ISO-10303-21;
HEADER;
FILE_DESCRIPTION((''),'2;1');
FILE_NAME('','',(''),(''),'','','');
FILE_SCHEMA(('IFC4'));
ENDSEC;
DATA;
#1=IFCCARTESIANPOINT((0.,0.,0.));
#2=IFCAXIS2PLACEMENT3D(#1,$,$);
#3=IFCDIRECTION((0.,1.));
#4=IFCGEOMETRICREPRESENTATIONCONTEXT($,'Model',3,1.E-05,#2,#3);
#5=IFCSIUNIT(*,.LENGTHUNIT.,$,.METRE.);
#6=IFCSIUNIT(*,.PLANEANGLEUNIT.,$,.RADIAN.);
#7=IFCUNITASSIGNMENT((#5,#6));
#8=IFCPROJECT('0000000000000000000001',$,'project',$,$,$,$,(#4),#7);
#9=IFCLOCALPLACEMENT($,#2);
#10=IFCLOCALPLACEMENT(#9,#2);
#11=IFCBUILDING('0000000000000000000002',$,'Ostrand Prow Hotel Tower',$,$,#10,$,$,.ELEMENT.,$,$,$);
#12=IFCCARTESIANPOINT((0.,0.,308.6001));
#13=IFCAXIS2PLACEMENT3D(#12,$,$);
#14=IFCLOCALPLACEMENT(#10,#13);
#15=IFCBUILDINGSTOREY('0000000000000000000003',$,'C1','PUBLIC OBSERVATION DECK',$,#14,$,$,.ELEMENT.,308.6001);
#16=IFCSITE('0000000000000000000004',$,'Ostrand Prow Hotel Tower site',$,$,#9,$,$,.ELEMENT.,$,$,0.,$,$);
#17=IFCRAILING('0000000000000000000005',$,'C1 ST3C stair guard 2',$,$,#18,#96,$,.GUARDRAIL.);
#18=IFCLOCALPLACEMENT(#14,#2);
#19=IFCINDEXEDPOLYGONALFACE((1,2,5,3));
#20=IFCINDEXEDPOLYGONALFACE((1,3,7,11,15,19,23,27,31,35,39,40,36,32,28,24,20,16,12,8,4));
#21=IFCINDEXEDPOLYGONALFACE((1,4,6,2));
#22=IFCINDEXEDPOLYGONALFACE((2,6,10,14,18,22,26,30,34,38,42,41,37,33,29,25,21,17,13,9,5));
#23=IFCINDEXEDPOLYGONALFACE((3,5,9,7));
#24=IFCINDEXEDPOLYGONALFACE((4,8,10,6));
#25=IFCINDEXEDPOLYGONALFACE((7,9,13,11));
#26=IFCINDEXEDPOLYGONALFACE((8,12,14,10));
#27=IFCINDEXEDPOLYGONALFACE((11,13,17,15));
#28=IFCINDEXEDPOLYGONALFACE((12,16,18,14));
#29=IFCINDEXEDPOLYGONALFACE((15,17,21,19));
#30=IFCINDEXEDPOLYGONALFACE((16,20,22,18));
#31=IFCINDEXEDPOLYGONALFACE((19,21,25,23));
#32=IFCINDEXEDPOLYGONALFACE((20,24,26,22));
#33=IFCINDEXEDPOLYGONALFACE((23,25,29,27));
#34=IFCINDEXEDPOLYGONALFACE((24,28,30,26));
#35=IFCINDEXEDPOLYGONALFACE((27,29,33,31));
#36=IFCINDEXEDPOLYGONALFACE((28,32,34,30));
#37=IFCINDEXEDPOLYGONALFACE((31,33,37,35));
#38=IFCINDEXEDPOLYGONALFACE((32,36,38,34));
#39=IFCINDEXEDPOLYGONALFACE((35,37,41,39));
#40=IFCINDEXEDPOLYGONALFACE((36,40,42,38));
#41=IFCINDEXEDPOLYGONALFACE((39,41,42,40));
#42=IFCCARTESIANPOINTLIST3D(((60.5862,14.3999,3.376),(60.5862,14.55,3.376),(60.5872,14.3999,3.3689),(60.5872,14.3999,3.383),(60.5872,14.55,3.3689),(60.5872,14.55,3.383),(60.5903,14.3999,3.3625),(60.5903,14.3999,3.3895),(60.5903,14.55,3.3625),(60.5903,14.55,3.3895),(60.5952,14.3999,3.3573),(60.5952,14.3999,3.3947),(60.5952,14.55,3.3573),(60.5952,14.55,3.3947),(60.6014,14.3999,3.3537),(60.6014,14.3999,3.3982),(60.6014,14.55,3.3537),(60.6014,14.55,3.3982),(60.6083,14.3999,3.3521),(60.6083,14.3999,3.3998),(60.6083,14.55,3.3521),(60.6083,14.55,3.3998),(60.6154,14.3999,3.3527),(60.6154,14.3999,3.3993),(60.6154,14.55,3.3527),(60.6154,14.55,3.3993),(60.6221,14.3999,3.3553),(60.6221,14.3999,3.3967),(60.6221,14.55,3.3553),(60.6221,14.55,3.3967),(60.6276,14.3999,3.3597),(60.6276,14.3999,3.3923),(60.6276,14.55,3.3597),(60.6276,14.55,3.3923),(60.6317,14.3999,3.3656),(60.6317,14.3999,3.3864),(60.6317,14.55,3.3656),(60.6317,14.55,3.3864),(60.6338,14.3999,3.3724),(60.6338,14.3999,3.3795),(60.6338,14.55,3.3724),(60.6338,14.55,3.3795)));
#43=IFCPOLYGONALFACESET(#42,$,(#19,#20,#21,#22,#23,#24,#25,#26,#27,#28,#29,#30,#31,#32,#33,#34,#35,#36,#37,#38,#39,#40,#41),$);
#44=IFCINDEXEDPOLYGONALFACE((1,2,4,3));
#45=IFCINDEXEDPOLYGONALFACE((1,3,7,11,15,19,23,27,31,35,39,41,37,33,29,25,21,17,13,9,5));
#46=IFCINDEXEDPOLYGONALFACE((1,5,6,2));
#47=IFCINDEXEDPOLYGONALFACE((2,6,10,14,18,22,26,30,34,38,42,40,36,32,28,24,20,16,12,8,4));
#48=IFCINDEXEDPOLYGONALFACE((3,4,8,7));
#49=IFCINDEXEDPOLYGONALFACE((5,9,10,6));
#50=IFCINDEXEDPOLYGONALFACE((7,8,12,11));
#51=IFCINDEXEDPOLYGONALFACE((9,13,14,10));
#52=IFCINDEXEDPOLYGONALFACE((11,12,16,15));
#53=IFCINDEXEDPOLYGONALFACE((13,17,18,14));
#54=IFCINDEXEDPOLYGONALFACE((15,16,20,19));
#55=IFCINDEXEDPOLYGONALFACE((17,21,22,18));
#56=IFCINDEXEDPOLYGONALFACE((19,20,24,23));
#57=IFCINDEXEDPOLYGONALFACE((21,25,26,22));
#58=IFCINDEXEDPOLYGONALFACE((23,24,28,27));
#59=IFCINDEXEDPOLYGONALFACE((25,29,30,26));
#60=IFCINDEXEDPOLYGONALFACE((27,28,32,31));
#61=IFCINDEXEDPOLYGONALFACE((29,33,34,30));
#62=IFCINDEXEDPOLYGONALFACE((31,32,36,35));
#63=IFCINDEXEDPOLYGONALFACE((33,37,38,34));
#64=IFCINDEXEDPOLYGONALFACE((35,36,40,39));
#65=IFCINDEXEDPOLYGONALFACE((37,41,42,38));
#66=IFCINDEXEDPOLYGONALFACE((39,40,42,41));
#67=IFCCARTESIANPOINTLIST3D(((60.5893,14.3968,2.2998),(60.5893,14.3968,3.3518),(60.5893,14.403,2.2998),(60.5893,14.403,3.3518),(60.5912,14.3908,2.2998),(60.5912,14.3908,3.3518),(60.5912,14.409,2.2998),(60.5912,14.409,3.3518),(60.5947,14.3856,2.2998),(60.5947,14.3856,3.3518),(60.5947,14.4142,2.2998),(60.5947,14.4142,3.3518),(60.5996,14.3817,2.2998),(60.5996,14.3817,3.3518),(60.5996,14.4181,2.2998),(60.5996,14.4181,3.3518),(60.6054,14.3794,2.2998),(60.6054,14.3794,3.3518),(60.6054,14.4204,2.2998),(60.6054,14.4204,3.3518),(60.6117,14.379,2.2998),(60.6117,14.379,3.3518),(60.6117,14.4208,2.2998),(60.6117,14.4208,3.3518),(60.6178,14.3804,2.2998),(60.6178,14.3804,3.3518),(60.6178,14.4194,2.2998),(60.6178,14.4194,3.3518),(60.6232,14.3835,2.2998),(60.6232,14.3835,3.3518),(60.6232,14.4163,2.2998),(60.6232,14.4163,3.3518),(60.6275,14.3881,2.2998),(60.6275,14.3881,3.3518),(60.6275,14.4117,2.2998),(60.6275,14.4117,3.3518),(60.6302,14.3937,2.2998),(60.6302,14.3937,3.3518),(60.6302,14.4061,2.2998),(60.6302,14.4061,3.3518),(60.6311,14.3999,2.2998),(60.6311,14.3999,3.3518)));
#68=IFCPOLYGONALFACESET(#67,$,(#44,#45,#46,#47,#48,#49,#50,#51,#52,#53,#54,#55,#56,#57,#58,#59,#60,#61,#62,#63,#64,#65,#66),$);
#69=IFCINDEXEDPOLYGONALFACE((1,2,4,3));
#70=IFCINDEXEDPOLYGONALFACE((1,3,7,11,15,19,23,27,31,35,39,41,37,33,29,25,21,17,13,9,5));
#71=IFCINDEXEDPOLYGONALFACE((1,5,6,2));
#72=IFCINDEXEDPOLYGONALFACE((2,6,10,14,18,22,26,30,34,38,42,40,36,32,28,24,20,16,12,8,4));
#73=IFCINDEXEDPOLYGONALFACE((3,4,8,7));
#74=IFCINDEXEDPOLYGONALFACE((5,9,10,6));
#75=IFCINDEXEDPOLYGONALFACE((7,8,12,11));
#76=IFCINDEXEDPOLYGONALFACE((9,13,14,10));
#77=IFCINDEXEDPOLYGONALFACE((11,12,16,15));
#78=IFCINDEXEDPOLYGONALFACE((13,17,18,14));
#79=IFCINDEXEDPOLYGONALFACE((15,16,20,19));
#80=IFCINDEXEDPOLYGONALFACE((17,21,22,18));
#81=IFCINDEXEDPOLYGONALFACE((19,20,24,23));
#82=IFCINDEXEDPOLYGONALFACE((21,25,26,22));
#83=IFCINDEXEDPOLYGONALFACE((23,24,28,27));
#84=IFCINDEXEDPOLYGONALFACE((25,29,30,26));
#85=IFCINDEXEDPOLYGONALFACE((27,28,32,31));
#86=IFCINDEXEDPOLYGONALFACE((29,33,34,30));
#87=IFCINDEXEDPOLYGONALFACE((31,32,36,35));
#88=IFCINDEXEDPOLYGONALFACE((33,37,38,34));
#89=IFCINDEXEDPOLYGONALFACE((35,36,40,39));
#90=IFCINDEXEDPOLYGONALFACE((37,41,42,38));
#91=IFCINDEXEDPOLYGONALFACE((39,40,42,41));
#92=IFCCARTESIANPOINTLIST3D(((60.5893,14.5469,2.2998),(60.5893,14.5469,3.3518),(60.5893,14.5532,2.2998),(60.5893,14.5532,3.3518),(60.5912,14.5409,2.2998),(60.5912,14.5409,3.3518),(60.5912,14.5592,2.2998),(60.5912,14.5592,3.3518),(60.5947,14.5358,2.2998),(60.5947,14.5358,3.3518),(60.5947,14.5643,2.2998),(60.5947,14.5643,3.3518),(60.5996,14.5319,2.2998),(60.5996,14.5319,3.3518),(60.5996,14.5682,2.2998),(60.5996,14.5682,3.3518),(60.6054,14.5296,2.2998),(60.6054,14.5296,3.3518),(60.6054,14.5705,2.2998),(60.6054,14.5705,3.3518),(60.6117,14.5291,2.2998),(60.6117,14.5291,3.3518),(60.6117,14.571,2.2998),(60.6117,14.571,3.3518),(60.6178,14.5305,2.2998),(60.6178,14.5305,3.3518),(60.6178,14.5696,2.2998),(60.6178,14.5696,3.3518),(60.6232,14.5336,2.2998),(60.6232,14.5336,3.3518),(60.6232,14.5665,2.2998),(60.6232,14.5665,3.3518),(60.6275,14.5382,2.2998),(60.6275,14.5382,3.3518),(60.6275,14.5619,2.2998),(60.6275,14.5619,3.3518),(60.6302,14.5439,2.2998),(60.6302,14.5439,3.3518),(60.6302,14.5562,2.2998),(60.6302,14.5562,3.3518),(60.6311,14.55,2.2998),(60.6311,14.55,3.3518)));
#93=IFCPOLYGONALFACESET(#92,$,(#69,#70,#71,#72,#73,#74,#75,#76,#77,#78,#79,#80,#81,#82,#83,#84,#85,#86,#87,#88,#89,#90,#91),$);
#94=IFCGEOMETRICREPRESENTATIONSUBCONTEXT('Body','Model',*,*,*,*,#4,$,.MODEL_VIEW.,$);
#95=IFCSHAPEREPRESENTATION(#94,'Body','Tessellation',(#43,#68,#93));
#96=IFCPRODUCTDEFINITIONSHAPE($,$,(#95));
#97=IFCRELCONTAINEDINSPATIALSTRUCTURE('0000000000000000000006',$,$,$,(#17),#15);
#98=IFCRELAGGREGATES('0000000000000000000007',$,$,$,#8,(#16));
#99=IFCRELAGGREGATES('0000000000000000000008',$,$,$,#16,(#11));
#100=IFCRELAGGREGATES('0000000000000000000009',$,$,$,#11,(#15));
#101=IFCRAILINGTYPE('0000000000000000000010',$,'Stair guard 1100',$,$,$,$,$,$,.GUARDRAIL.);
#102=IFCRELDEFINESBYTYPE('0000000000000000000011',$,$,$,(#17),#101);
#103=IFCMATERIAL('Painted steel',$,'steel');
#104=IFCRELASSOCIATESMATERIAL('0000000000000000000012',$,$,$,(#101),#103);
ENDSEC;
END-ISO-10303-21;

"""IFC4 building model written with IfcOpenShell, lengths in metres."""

from ifc_helpers import new_model, si_unit, direction, frame, origin, origin_2d, place, context, subcontext, project, spatial, circle, extrude, material, type_object, element, save


model = new_model("IFC4")

# Units and contexts
model_context = context("Model", 3, precision=1e-05, world=origin(), true_north=direction((0.0, 1.0)))
body_context = subcontext(model_context, "Body", "Model", "MODEL_VIEW")
ifc_project = project(units=[si_unit("LENGTHUNIT", "METRE"), si_unit("PLANEANGLEUNIT", "RADIAN")], contexts=[model_context])

# Site, building, storey
site_placement = place(None, origin())
site = spatial("IfcSite", under=ifc_project, at=site_placement, Name="Ostrand Prow Hotel Tower site", CompositionType="ELEMENT", RefElevation=0.0)
building_placement = place(site_placement, origin())
building = spatial("IfcBuilding", under=site, at=building_placement, Name="Ostrand Prow Hotel Tower", CompositionType="ELEMENT")
storey_placement = place(building_placement, frame((0.0, 0.0, 308.6001)))
storey = spatial("IfcBuildingStorey", under=building, at=storey_placement, Name="C1", Description="PUBLIC OBSERVATION DECK", CompositionType="ELEMENT", Elevation=308.6001)

# Railing
ifc_material_1 = material(Name="Painted steel", Category="steel")
railing_type_1 = type_object("IfcRailingType", Name="Stair guard 1100", PredefinedType="GUARDRAIL", material=ifc_material_1)
railing_1_placement = place(storey_placement, frame((60.6101, 14.3999, 2.2998)))
element("IfcRailing", 1, at=railing_1_placement, inside=storey, type_object=railing_type_1, Name="C1 ST3C stair guard 2", PredefinedType="GUARDRAIL", context=body_context, shape_type="SweptSolid", body=[
    extrude(circle(Radius=0.0239, at=origin_2d()), frame((0.0, 0.0, 1.0762), z_axis=(0.0, 1.0, 0.0), x_axis=(-1.0, 0.0, 0.0)), (0.0, 0.0, 1.0), 0.1501),
    extrude(circle(Radius=0.021, at=origin_2d()), origin(), (0.0, 0.0, 1.0), 1.052),
    extrude(circle(Radius=0.021, at=origin_2d()), frame((0.0, 0.1501, 0.0)), (0.0, 0.0, 1.0), 1.052),
])

save(model, "model.ifc")
